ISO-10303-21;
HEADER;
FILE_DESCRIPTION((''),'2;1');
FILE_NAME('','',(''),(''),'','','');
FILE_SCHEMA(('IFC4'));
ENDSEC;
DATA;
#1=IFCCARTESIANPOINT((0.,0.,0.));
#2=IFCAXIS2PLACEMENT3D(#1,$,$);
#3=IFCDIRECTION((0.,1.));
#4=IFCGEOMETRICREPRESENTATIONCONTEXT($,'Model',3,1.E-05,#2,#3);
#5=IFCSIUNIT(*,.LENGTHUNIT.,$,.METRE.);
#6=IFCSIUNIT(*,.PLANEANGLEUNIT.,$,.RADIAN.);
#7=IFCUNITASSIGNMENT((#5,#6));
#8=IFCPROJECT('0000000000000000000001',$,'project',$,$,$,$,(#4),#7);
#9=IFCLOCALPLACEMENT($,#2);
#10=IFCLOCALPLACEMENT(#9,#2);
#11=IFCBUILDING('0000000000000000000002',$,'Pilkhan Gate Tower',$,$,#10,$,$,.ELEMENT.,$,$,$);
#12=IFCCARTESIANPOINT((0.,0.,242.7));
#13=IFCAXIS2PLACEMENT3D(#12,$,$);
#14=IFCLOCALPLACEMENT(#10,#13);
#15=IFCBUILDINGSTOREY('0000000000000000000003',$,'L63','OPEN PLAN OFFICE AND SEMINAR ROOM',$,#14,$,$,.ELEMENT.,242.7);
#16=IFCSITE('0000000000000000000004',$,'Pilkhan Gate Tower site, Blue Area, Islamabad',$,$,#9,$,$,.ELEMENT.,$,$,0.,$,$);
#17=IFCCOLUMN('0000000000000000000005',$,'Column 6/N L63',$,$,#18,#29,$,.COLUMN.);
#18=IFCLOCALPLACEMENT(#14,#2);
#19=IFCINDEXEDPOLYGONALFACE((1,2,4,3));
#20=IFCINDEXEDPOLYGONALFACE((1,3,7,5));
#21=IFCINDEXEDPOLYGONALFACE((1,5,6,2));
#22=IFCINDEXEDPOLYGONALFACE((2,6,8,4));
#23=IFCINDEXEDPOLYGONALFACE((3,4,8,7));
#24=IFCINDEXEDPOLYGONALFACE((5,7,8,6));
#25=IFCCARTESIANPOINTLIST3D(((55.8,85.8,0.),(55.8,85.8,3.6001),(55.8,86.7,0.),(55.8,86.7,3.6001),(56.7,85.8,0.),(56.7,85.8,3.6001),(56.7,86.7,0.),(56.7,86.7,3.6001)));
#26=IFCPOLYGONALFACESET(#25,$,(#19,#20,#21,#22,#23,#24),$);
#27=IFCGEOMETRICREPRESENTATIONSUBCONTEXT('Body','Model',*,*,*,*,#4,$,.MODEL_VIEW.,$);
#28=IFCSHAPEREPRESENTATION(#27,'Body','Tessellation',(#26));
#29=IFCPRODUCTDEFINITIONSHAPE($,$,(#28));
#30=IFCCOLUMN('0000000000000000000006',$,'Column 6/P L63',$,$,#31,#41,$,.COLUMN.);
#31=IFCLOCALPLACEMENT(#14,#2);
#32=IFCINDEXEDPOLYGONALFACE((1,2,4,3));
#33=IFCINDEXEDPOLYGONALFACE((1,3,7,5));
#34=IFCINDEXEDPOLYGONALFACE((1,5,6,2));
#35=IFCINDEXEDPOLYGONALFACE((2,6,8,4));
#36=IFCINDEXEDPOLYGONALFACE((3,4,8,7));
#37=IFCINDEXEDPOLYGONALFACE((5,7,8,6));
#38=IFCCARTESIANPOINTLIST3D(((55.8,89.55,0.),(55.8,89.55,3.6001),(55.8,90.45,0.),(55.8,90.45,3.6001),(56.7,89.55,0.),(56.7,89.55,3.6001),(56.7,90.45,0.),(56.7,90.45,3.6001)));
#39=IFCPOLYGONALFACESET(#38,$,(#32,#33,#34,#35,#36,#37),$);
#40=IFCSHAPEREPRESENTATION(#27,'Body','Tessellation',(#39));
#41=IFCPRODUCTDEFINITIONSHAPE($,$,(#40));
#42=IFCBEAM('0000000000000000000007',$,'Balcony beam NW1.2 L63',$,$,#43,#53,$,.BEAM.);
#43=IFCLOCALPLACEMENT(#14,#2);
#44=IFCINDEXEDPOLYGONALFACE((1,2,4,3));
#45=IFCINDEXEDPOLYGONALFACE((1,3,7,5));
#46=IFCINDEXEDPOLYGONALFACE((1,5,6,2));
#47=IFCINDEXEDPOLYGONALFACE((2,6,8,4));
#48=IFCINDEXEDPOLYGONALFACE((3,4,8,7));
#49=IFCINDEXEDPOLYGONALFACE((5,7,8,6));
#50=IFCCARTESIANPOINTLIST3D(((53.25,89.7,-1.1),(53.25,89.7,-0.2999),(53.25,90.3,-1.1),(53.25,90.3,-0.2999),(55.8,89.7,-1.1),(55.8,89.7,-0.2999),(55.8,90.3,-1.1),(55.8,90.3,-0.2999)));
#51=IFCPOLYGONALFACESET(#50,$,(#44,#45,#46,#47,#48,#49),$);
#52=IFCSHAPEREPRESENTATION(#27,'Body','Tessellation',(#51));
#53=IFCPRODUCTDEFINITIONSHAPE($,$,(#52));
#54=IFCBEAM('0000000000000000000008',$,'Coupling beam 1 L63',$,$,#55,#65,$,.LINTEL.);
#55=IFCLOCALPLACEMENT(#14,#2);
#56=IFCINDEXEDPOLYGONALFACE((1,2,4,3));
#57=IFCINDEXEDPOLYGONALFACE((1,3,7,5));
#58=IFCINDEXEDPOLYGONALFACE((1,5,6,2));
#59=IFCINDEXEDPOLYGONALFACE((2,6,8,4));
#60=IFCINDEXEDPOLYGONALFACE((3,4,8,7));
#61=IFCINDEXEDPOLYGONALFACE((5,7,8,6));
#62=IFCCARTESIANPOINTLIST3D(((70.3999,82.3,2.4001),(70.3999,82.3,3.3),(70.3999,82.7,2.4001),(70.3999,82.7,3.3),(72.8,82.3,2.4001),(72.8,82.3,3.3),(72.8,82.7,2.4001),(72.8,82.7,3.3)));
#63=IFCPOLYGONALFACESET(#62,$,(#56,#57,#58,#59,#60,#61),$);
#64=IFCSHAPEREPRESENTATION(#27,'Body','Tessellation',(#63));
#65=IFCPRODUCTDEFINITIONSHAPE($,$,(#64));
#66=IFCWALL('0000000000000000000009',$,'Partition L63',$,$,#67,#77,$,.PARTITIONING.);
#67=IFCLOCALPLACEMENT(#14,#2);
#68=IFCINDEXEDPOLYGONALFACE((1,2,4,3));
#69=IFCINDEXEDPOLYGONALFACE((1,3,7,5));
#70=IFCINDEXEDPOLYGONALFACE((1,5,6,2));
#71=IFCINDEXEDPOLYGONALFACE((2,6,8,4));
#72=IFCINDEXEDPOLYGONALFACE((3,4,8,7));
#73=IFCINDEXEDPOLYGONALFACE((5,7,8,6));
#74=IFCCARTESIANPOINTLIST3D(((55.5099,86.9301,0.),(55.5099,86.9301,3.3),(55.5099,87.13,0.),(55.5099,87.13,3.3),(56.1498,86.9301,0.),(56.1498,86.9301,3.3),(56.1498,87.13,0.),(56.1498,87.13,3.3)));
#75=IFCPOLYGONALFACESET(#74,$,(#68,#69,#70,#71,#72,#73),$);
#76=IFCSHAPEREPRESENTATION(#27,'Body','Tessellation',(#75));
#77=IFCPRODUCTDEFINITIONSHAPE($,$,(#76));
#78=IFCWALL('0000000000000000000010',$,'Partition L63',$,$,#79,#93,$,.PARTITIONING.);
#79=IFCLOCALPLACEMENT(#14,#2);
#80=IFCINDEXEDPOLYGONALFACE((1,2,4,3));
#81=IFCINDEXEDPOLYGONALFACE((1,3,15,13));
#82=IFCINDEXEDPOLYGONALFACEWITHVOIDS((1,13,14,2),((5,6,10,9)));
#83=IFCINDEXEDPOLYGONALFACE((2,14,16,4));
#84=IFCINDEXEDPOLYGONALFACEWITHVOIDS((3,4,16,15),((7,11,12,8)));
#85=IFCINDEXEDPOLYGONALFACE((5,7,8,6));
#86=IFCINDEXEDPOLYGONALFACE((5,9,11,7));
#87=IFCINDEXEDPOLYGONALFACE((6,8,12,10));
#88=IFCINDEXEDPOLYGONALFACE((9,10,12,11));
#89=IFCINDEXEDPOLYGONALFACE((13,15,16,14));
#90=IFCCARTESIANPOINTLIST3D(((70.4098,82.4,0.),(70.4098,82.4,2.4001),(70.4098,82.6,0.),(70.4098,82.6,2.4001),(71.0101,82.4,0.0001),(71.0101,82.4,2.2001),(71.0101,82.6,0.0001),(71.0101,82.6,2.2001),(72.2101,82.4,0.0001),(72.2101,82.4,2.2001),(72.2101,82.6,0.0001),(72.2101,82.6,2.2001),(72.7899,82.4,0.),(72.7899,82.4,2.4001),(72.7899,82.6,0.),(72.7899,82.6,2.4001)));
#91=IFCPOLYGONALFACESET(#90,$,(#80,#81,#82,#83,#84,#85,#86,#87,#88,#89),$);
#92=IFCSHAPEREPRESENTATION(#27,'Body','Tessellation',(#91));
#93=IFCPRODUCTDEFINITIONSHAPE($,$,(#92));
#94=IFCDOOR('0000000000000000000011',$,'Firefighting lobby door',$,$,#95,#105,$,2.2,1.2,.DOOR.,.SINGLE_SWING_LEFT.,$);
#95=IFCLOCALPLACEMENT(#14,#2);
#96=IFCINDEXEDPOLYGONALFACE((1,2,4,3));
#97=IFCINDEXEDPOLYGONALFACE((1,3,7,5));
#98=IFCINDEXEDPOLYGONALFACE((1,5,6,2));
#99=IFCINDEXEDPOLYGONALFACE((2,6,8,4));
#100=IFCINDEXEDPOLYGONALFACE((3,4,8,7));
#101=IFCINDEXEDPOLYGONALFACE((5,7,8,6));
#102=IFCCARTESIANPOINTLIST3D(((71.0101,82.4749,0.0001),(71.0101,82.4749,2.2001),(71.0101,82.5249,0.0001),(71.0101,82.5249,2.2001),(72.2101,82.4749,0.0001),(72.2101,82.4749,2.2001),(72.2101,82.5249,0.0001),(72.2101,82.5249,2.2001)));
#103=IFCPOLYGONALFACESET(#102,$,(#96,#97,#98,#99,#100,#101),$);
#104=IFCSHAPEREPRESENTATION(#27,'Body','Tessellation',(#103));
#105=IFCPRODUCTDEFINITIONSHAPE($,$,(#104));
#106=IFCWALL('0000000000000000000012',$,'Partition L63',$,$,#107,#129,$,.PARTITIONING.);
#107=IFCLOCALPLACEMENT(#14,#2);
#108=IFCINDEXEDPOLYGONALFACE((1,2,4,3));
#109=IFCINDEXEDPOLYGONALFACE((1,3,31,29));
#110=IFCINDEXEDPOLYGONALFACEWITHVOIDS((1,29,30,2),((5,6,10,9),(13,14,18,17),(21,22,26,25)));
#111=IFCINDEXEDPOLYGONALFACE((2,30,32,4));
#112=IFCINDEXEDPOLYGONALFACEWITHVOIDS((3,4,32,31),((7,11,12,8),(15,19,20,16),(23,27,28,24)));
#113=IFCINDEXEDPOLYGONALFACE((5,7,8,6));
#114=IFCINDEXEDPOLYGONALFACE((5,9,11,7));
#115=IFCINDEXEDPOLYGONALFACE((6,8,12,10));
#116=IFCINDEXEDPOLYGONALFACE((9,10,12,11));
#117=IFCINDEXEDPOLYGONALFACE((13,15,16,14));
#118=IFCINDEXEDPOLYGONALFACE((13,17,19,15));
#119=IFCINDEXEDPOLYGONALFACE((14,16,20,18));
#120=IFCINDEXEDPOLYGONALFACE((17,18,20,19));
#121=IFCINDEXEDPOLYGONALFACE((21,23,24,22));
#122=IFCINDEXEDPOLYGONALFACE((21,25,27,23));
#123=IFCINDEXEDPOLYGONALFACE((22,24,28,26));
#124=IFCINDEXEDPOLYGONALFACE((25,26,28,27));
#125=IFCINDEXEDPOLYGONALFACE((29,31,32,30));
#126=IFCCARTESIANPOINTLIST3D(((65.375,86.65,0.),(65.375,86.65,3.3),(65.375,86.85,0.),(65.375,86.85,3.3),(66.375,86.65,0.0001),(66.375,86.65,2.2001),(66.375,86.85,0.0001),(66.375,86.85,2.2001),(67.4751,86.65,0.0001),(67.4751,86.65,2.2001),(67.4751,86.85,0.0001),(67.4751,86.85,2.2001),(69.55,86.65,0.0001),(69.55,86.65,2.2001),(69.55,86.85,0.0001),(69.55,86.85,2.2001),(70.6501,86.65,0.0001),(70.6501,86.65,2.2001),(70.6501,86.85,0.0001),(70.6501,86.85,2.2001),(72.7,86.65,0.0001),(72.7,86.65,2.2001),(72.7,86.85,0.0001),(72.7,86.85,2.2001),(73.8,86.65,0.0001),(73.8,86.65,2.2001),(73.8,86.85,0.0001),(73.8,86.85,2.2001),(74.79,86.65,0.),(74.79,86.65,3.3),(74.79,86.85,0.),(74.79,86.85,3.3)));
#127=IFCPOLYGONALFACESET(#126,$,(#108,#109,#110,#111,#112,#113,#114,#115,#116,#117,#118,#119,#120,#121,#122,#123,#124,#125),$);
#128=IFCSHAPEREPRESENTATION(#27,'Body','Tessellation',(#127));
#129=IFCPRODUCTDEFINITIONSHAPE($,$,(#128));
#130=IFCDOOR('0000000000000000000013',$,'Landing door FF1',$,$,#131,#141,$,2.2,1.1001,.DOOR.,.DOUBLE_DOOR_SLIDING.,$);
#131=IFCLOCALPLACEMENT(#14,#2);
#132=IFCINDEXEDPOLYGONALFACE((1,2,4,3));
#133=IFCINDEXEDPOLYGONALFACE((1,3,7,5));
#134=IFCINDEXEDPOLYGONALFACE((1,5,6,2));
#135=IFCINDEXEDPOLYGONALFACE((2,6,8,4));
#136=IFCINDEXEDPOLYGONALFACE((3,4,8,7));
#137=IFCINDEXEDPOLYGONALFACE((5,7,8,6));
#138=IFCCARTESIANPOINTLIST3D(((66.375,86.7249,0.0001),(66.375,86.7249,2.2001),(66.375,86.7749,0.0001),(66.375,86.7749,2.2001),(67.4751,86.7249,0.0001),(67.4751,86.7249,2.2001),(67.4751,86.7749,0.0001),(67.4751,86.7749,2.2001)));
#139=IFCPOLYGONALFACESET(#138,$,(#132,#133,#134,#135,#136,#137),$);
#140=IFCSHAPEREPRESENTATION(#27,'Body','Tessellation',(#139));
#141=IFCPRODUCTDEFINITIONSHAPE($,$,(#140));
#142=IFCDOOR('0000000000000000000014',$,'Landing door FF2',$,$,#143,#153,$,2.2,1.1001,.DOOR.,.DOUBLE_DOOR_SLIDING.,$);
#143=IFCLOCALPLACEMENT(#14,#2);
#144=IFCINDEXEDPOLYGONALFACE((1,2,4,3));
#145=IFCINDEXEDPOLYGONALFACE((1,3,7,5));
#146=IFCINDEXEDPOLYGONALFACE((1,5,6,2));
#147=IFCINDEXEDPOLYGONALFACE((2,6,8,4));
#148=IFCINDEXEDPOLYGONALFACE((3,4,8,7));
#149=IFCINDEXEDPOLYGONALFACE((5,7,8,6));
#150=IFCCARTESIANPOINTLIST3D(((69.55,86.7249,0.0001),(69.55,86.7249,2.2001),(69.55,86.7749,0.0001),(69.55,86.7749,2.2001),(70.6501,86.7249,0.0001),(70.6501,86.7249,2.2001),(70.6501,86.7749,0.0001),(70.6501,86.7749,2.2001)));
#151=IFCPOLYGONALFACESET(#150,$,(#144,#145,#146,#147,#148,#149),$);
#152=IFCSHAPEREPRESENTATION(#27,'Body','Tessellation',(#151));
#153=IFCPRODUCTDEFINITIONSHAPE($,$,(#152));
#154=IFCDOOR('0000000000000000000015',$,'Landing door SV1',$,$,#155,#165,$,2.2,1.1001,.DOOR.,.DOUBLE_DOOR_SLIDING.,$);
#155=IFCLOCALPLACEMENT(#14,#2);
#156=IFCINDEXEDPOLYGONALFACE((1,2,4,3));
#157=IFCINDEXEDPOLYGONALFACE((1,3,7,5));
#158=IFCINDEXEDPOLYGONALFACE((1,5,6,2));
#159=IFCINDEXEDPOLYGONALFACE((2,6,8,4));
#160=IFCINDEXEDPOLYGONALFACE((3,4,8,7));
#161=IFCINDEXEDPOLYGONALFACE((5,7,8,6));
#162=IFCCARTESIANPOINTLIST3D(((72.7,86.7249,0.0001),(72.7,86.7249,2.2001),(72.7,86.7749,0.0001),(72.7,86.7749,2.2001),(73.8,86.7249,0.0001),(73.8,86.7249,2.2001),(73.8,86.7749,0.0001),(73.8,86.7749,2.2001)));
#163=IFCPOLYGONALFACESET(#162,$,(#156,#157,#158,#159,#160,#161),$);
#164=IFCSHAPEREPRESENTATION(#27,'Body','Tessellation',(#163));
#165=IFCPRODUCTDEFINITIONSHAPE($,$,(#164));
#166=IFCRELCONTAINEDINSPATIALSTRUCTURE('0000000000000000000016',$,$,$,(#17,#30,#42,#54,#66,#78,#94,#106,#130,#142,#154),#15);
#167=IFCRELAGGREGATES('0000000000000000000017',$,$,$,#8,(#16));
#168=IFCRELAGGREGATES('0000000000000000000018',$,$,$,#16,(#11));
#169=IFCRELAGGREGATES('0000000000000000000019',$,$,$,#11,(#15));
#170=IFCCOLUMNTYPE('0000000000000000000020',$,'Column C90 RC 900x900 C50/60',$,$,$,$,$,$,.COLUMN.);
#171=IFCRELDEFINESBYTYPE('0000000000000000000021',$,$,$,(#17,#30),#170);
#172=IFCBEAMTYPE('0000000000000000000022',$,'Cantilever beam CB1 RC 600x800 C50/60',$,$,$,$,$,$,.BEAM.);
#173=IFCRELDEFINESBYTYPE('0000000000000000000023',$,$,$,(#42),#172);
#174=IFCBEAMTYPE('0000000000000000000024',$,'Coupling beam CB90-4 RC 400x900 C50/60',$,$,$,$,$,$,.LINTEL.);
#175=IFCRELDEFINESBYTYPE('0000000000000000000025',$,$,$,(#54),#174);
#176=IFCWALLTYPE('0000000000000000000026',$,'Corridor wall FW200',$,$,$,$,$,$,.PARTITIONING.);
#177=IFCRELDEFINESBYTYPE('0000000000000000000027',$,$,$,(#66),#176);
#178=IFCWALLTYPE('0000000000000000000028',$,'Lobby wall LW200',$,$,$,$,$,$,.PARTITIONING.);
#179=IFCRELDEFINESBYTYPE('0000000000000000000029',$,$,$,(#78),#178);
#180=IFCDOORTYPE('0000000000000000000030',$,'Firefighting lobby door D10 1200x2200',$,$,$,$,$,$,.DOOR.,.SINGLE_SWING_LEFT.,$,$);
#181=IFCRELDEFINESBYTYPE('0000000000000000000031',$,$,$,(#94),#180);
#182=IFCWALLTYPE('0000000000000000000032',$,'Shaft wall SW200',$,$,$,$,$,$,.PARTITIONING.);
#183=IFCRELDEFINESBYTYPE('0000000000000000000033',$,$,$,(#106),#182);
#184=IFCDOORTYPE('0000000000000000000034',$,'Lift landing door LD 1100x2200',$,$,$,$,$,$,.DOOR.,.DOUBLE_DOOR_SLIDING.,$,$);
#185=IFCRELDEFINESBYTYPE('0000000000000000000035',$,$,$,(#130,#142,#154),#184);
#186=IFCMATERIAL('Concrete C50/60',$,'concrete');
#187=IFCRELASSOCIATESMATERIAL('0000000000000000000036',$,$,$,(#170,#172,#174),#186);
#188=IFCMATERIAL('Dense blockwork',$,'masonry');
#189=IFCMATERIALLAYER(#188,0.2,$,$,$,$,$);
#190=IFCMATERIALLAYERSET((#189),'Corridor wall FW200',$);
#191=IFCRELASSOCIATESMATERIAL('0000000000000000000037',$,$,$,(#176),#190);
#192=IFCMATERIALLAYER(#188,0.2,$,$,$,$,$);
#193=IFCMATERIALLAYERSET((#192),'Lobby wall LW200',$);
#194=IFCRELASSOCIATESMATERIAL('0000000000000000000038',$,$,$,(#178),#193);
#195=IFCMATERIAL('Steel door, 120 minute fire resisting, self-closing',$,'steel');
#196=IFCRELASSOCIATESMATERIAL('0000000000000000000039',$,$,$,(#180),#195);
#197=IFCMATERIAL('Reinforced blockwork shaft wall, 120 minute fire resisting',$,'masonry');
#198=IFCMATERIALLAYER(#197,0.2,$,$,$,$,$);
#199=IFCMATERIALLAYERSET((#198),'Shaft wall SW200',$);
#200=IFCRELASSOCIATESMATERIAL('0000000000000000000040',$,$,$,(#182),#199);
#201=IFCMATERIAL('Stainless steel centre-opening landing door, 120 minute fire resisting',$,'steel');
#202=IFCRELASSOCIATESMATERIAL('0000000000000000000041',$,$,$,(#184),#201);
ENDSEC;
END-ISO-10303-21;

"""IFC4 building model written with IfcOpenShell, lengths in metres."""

from ifc_helpers import new_model, si_unit, direction, frame, frame_2d, origin, origin_2d, place, context, subcontext, project, spatial, rectangle, extrude, material, layer, layer_set, material_profile, profile_set, type_object, element, fill, save


model = new_model("IFC4")

# Units and contexts
model_context = context("Model", 3, precision=1e-05, world=origin(), true_north=direction((0.0, 1.0)))
body_context = subcontext(model_context, "Body", "Model", "MODEL_VIEW")
ifc_project = project(units=[si_unit("LENGTHUNIT", "METRE"), si_unit("PLANEANGLEUNIT", "RADIAN")], contexts=[model_context])

# Site, building, storey
site_placement = place(None, origin())
site = spatial("IfcSite", under=ifc_project, at=site_placement, Name="Pilkhan Gate Tower site, Blue Area, Islamabad", CompositionType="ELEMENT", RefElevation=0.0)
building_placement = place(site_placement, origin())
building = spatial("IfcBuilding", under=site, at=building_placement, Name="Pilkhan Gate Tower", CompositionType="ELEMENT")
storey_placement = place(building_placement, frame((0.0, 0.0, 242.7)))
storey = spatial("IfcBuildingStorey", under=building, at=storey_placement, Name="L63", Description="OPEN PLAN OFFICE AND SEMINAR ROOM", CompositionType="ELEMENT", Elevation=242.7)

# Columns
ifc_material_1 = material(Name="Concrete C50/60", Category="concrete")
ifc_material_profile_1 = material_profile(ifc_material_1, rectangle(XDim=0.8999, YDim=0.8999, at=origin_2d()), Name="RC 900x900")
ifc_profile_set_1 = profile_set([ifc_material_profile_1], Name="Concrete C50/60")
column_type = type_object("IfcColumnType", Name="Column C90 RC 900x900 C50/60", PredefinedType="COLUMN", material=ifc_profile_set_1)
for number, where, z_axis, x_axis, name in (
    (1, (56.25, 86.25, 0.0), (0.0, 0.0, 1.0), (1.0, 0.0, 0.0), "Column 6/N L63"),
    (2, (56.25, 90.0, 0.0), (0.0, 0.0, 1.0), (1.0, 0.0, 0.0), "Column 6/P L63"),
):
    element("IfcColumn", number, at=place(storey_placement, frame(where, z_axis=z_axis, x_axis=x_axis)), inside=storey, type_object=column_type, Name=name, PredefinedType="COLUMN", context=body_context, shape_type="SweptSolid", body=[
        extrude(rectangle(XDim=0.8999, YDim=0.8999, at=origin_2d()), origin(), (0.0, 0.0, 1.0), 3.6001),
    ])

# Beams
ifc_material_profile_2 = material_profile(ifc_material_1, rectangle(XDim=0.6001, YDim=0.8, at=origin_2d()), Name="RC 600x800")
ifc_profile_set_2 = profile_set([ifc_material_profile_2], Name="Concrete C50/60")
beam_type_1 = type_object("IfcBeamType", Name="Cantilever beam CB1 RC 600x800 C50/60", PredefinedType="BEAM", material=ifc_profile_set_2)
beam_1_placement = place(storey_placement, frame((55.8, 90.0, -0.7), z_axis=(-1.0, 0.0, 0.0), x_axis=(0.0, -1.0, 0.0)))
element("IfcBeam", 3, at=beam_1_placement, inside=storey, type_object=beam_type_1, Name="Balcony beam NW1.2 L63", PredefinedType="BEAM", context=body_context, shape_type="SweptSolid", body=[
    extrude(rectangle(XDim=0.6001, YDim=0.8, at=origin_2d()), origin(), (0.0, 0.0, 1.0), 2.55),
])
ifc_material_profile_3 = material_profile(ifc_material_1, rectangle(XDim=0.3999, YDim=0.8999, at=origin_2d()), Name="RC 400x900")
ifc_profile_set_3 = profile_set([ifc_material_profile_3], Name="Concrete C50/60")
beam_type_2 = type_object("IfcBeamType", Name="Coupling beam CB90-4 RC 400x900 C50/60", PredefinedType="LINTEL", material=ifc_profile_set_3)
beam_2_placement = place(storey_placement, frame((70.3999, 82.5, 2.8501), z_axis=(1.0, 0.0, 0.0), x_axis=(0.0, 1.0, 0.0)))
element("IfcBeam", 4, at=beam_2_placement, inside=storey, type_object=beam_type_2, Name="Coupling beam 1 L63", PredefinedType="LINTEL", context=body_context, shape_type="SweptSolid", body=[
    extrude(rectangle(XDim=0.3999, YDim=0.8999, at=origin_2d()), origin(), (0.0, 0.0, 1.0), 2.4001),
])

# Wall
ifc_material_2 = material(Name="Dense blockwork", Category="masonry")
ifc_layer_1 = layer(ifc_material_2, 0.2)
ifc_layer_set_1 = layer_set([ifc_layer_1], Name="Corridor wall FW200")
wall_type_1 = type_object("IfcWallType", Name="Corridor wall FW200", PredefinedType="PARTITIONING", material=ifc_layer_set_1)
wall_1_placement = place(storey_placement, frame((55.51, 87.03, 0.0), z_axis=(0.0, 0.0, 1.0), x_axis=(1.0, 0.0, 0.0)))
element("IfcWall", 5, at=wall_1_placement, inside=storey, type_object=wall_type_1, Name="Partition L63", PredefinedType="PARTITIONING", context=body_context, shape_type="SweptSolid", body=[
    extrude(rectangle(XDim=0.6399, YDim=0.2, at=frame_2d((0.3198, 0.0))), origin(), (0.0, 0.0, 1.0), 3.3),
])

# Wall, opening, door
ifc_layer_2 = layer(ifc_material_2, 0.2)
ifc_layer_set_2 = layer_set([ifc_layer_2], Name="Lobby wall LW200")
wall_type_2 = type_object("IfcWallType", Name="Lobby wall LW200", PredefinedType="PARTITIONING", material=ifc_layer_set_2)
wall_2_placement = place(storey_placement, frame((70.4099, 82.5, 0.0), z_axis=(0.0, 0.0, 1.0), x_axis=(1.0, 0.0, 0.0)))
wall_2 = element("IfcWall", 6, at=wall_2_placement, inside=storey, type_object=wall_type_2, Name="Partition L63", PredefinedType="PARTITIONING", context=body_context, shape_type="SweptSolid", body=[
    extrude(rectangle(XDim=2.3801, YDim=0.2, at=frame_2d((1.1899, 0.0))), origin(), (0.0, 0.0, 1.0), 2.4001),
])
opening_1_placement = place(wall_2_placement, frame((0.6001, 0.0, 0.0)))
opening_1 = element("IfcOpeningElement", 7, at=opening_1_placement, cuts=wall_2, PredefinedType="OPENING", context=body_context, shape_type="SweptSolid", body=[
    extrude(rectangle(XDim=1.2, YDim=2.2, at=frame_2d((0.6001, 1.1001))), frame((0.0, 0.1099, 0.0), z_axis=(0.0, -1.0, 0.0), x_axis=(1.0, 0.0, 0.0)), (0.0, 0.0, 1.0), 0.22),
])
ifc_material_3 = material(Name="Steel door, 120 minute fire resisting, self-closing", Category="steel")
door_type_1 = type_object("IfcDoorType", Name="Firefighting lobby door D10 1200x2200", OperationType="SINGLE_SWING_LEFT", PredefinedType="DOOR", material=ifc_material_3)
door_1_placement = place(opening_1_placement, origin())
door_1 = element("IfcDoor", 8, at=door_1_placement, inside=storey, type_object=door_type_1, Name="Firefighting lobby door", OperationType="SINGLE_SWING_LEFT", OverallHeight=2.2, OverallWidth=1.2, PredefinedType="DOOR", context=body_context, shape_type="SweptSolid", body=[
    extrude(rectangle(XDim=1.2, YDim=2.2, at=frame_2d((0.6001, 1.1001))), frame((0.0, 0.0249, 0.0), z_axis=(0.0, -1.0, 0.0), x_axis=(1.0, 0.0, 0.0)), (0.0, 0.0, 1.0), 0.05),
])
fill(opening_1, door_1)

# Wall, openings, doors
ifc_material_4 = material(Name="Reinforced blockwork shaft wall, 120 minute fire resisting", Category="masonry")
ifc_layer_3 = layer(ifc_material_4, 0.2)
ifc_layer_set_3 = layer_set([ifc_layer_3], Name="Shaft wall SW200")
wall_type_3 = type_object("IfcWallType", Name="Shaft wall SW200", PredefinedType="PARTITIONING", material=ifc_layer_set_3)
wall_3_placement = place(storey_placement, frame((65.375, 86.75, 0.0), z_axis=(0.0, 0.0, 1.0), x_axis=(1.0, 0.0, 0.0)))
wall_3 = element("IfcWall", 9, at=wall_3_placement, inside=storey, type_object=wall_type_3, Name="Partition L63", PredefinedType="PARTITIONING", context=body_context, shape_type="SweptSolid", body=[
    extrude(rectangle(XDim=9.415, YDim=0.2, at=frame_2d((4.7075, 0.0))), origin(), (0.0, 0.0, 1.0), 3.3),
])
opening_2_placement = place(wall_3_placement, frame((1.0, 0.0, 0.0)))
opening_2 = element("IfcOpeningElement", 10, at=opening_2_placement, cuts=wall_3, PredefinedType="OPENING", context=body_context, shape_type="SweptSolid", body=[
    extrude(rectangle(XDim=1.1001, YDim=2.2, at=frame_2d((0.55, 1.1001))), frame((0.0, 0.1099, 0.0), z_axis=(0.0, -1.0, 0.0), x_axis=(1.0, 0.0, 0.0)), (0.0, 0.0, 1.0), 0.22),
])
opening_3_placement = place(wall_3_placement, frame((4.175, 0.0, 0.0)))
opening_3 = element("IfcOpeningElement", 11, at=opening_3_placement, cuts=wall_3, PredefinedType="OPENING", context=body_context, shape_type="SweptSolid", body=[
    extrude(rectangle(XDim=1.1001, YDim=2.2, at=frame_2d((0.55, 1.1001))), frame((0.0, 0.1099, 0.0), z_axis=(0.0, -1.0, 0.0), x_axis=(1.0, 0.0, 0.0)), (0.0, 0.0, 1.0), 0.22),
])
opening_4_placement = place(wall_3_placement, frame((7.325, 0.0, 0.0)))
opening_4 = element("IfcOpeningElement", 12, at=opening_4_placement, cuts=wall_3, PredefinedType="OPENING", context=body_context, shape_type="SweptSolid", body=[
    extrude(rectangle(XDim=1.1001, YDim=2.2, at=frame_2d((0.55, 1.1001))), frame((0.0, 0.1099, 0.0), z_axis=(0.0, -1.0, 0.0), x_axis=(1.0, 0.0, 0.0)), (0.0, 0.0, 1.0), 0.22),
])
ifc_material_5 = material(Name="Stainless steel centre-opening landing door, 120 minute fire resisting", Category="steel")
door_type_2 = type_object("IfcDoorType", Name="Lift landing door LD 1100x2200", OperationType="DOUBLE_DOOR_SLIDING", PredefinedType="DOOR", material=ifc_material_5)
door_2_placement = place(opening_2_placement, origin())
door_2 = element("IfcDoor", 13, at=door_2_placement, inside=storey, type_object=door_type_2, Name="Landing door FF1", OperationType="DOUBLE_DOOR_SLIDING", OverallHeight=2.2, OverallWidth=1.1001, PredefinedType="DOOR", context=body_context, shape_type="SweptSolid", body=[
    extrude(rectangle(XDim=1.1001, YDim=2.2, at=frame_2d((0.55, 1.1001))), frame((0.0, 0.0249, 0.0), z_axis=(0.0, -1.0, 0.0), x_axis=(1.0, 0.0, 0.0)), (0.0, 0.0, 1.0), 0.05),
])
fill(opening_2, door_2)
door_3_placement = place(opening_3_placement, origin())
door_3 = element("IfcDoor", 14, at=door_3_placement, inside=storey, type_object=door_type_2, Name="Landing door FF2", OperationType="DOUBLE_DOOR_SLIDING", OverallHeight=2.2, OverallWidth=1.1001, PredefinedType="DOOR", context=body_context, shape_type="SweptSolid", body=[
    extrude(rectangle(XDim=1.1001, YDim=2.2, at=frame_2d((0.55, 1.1001))), frame((0.0, 0.0249, 0.0), z_axis=(0.0, -1.0, 0.0), x_axis=(1.0, 0.0, 0.0)), (0.0, 0.0, 1.0), 0.05),
])
fill(opening_3, door_3)
door_4_placement = place(opening_4_placement, origin())
door_4 = element("IfcDoor", 15, at=door_4_placement, inside=storey, type_object=door_type_2, Name="Landing door SV1", OperationType="DOUBLE_DOOR_SLIDING", OverallHeight=2.2, OverallWidth=1.1001, PredefinedType="DOOR", context=body_context, shape_type="SweptSolid", body=[
    extrude(rectangle(XDim=1.1001, YDim=2.2, at=frame_2d((0.55, 1.1001))), frame((0.0, 0.0249, 0.0), z_axis=(0.0, -1.0, 0.0), x_axis=(1.0, 0.0, 0.0)), (0.0, 0.0, 1.0), 0.05),
])
fill(opening_4, door_4)

save(model, "model.ifc")
